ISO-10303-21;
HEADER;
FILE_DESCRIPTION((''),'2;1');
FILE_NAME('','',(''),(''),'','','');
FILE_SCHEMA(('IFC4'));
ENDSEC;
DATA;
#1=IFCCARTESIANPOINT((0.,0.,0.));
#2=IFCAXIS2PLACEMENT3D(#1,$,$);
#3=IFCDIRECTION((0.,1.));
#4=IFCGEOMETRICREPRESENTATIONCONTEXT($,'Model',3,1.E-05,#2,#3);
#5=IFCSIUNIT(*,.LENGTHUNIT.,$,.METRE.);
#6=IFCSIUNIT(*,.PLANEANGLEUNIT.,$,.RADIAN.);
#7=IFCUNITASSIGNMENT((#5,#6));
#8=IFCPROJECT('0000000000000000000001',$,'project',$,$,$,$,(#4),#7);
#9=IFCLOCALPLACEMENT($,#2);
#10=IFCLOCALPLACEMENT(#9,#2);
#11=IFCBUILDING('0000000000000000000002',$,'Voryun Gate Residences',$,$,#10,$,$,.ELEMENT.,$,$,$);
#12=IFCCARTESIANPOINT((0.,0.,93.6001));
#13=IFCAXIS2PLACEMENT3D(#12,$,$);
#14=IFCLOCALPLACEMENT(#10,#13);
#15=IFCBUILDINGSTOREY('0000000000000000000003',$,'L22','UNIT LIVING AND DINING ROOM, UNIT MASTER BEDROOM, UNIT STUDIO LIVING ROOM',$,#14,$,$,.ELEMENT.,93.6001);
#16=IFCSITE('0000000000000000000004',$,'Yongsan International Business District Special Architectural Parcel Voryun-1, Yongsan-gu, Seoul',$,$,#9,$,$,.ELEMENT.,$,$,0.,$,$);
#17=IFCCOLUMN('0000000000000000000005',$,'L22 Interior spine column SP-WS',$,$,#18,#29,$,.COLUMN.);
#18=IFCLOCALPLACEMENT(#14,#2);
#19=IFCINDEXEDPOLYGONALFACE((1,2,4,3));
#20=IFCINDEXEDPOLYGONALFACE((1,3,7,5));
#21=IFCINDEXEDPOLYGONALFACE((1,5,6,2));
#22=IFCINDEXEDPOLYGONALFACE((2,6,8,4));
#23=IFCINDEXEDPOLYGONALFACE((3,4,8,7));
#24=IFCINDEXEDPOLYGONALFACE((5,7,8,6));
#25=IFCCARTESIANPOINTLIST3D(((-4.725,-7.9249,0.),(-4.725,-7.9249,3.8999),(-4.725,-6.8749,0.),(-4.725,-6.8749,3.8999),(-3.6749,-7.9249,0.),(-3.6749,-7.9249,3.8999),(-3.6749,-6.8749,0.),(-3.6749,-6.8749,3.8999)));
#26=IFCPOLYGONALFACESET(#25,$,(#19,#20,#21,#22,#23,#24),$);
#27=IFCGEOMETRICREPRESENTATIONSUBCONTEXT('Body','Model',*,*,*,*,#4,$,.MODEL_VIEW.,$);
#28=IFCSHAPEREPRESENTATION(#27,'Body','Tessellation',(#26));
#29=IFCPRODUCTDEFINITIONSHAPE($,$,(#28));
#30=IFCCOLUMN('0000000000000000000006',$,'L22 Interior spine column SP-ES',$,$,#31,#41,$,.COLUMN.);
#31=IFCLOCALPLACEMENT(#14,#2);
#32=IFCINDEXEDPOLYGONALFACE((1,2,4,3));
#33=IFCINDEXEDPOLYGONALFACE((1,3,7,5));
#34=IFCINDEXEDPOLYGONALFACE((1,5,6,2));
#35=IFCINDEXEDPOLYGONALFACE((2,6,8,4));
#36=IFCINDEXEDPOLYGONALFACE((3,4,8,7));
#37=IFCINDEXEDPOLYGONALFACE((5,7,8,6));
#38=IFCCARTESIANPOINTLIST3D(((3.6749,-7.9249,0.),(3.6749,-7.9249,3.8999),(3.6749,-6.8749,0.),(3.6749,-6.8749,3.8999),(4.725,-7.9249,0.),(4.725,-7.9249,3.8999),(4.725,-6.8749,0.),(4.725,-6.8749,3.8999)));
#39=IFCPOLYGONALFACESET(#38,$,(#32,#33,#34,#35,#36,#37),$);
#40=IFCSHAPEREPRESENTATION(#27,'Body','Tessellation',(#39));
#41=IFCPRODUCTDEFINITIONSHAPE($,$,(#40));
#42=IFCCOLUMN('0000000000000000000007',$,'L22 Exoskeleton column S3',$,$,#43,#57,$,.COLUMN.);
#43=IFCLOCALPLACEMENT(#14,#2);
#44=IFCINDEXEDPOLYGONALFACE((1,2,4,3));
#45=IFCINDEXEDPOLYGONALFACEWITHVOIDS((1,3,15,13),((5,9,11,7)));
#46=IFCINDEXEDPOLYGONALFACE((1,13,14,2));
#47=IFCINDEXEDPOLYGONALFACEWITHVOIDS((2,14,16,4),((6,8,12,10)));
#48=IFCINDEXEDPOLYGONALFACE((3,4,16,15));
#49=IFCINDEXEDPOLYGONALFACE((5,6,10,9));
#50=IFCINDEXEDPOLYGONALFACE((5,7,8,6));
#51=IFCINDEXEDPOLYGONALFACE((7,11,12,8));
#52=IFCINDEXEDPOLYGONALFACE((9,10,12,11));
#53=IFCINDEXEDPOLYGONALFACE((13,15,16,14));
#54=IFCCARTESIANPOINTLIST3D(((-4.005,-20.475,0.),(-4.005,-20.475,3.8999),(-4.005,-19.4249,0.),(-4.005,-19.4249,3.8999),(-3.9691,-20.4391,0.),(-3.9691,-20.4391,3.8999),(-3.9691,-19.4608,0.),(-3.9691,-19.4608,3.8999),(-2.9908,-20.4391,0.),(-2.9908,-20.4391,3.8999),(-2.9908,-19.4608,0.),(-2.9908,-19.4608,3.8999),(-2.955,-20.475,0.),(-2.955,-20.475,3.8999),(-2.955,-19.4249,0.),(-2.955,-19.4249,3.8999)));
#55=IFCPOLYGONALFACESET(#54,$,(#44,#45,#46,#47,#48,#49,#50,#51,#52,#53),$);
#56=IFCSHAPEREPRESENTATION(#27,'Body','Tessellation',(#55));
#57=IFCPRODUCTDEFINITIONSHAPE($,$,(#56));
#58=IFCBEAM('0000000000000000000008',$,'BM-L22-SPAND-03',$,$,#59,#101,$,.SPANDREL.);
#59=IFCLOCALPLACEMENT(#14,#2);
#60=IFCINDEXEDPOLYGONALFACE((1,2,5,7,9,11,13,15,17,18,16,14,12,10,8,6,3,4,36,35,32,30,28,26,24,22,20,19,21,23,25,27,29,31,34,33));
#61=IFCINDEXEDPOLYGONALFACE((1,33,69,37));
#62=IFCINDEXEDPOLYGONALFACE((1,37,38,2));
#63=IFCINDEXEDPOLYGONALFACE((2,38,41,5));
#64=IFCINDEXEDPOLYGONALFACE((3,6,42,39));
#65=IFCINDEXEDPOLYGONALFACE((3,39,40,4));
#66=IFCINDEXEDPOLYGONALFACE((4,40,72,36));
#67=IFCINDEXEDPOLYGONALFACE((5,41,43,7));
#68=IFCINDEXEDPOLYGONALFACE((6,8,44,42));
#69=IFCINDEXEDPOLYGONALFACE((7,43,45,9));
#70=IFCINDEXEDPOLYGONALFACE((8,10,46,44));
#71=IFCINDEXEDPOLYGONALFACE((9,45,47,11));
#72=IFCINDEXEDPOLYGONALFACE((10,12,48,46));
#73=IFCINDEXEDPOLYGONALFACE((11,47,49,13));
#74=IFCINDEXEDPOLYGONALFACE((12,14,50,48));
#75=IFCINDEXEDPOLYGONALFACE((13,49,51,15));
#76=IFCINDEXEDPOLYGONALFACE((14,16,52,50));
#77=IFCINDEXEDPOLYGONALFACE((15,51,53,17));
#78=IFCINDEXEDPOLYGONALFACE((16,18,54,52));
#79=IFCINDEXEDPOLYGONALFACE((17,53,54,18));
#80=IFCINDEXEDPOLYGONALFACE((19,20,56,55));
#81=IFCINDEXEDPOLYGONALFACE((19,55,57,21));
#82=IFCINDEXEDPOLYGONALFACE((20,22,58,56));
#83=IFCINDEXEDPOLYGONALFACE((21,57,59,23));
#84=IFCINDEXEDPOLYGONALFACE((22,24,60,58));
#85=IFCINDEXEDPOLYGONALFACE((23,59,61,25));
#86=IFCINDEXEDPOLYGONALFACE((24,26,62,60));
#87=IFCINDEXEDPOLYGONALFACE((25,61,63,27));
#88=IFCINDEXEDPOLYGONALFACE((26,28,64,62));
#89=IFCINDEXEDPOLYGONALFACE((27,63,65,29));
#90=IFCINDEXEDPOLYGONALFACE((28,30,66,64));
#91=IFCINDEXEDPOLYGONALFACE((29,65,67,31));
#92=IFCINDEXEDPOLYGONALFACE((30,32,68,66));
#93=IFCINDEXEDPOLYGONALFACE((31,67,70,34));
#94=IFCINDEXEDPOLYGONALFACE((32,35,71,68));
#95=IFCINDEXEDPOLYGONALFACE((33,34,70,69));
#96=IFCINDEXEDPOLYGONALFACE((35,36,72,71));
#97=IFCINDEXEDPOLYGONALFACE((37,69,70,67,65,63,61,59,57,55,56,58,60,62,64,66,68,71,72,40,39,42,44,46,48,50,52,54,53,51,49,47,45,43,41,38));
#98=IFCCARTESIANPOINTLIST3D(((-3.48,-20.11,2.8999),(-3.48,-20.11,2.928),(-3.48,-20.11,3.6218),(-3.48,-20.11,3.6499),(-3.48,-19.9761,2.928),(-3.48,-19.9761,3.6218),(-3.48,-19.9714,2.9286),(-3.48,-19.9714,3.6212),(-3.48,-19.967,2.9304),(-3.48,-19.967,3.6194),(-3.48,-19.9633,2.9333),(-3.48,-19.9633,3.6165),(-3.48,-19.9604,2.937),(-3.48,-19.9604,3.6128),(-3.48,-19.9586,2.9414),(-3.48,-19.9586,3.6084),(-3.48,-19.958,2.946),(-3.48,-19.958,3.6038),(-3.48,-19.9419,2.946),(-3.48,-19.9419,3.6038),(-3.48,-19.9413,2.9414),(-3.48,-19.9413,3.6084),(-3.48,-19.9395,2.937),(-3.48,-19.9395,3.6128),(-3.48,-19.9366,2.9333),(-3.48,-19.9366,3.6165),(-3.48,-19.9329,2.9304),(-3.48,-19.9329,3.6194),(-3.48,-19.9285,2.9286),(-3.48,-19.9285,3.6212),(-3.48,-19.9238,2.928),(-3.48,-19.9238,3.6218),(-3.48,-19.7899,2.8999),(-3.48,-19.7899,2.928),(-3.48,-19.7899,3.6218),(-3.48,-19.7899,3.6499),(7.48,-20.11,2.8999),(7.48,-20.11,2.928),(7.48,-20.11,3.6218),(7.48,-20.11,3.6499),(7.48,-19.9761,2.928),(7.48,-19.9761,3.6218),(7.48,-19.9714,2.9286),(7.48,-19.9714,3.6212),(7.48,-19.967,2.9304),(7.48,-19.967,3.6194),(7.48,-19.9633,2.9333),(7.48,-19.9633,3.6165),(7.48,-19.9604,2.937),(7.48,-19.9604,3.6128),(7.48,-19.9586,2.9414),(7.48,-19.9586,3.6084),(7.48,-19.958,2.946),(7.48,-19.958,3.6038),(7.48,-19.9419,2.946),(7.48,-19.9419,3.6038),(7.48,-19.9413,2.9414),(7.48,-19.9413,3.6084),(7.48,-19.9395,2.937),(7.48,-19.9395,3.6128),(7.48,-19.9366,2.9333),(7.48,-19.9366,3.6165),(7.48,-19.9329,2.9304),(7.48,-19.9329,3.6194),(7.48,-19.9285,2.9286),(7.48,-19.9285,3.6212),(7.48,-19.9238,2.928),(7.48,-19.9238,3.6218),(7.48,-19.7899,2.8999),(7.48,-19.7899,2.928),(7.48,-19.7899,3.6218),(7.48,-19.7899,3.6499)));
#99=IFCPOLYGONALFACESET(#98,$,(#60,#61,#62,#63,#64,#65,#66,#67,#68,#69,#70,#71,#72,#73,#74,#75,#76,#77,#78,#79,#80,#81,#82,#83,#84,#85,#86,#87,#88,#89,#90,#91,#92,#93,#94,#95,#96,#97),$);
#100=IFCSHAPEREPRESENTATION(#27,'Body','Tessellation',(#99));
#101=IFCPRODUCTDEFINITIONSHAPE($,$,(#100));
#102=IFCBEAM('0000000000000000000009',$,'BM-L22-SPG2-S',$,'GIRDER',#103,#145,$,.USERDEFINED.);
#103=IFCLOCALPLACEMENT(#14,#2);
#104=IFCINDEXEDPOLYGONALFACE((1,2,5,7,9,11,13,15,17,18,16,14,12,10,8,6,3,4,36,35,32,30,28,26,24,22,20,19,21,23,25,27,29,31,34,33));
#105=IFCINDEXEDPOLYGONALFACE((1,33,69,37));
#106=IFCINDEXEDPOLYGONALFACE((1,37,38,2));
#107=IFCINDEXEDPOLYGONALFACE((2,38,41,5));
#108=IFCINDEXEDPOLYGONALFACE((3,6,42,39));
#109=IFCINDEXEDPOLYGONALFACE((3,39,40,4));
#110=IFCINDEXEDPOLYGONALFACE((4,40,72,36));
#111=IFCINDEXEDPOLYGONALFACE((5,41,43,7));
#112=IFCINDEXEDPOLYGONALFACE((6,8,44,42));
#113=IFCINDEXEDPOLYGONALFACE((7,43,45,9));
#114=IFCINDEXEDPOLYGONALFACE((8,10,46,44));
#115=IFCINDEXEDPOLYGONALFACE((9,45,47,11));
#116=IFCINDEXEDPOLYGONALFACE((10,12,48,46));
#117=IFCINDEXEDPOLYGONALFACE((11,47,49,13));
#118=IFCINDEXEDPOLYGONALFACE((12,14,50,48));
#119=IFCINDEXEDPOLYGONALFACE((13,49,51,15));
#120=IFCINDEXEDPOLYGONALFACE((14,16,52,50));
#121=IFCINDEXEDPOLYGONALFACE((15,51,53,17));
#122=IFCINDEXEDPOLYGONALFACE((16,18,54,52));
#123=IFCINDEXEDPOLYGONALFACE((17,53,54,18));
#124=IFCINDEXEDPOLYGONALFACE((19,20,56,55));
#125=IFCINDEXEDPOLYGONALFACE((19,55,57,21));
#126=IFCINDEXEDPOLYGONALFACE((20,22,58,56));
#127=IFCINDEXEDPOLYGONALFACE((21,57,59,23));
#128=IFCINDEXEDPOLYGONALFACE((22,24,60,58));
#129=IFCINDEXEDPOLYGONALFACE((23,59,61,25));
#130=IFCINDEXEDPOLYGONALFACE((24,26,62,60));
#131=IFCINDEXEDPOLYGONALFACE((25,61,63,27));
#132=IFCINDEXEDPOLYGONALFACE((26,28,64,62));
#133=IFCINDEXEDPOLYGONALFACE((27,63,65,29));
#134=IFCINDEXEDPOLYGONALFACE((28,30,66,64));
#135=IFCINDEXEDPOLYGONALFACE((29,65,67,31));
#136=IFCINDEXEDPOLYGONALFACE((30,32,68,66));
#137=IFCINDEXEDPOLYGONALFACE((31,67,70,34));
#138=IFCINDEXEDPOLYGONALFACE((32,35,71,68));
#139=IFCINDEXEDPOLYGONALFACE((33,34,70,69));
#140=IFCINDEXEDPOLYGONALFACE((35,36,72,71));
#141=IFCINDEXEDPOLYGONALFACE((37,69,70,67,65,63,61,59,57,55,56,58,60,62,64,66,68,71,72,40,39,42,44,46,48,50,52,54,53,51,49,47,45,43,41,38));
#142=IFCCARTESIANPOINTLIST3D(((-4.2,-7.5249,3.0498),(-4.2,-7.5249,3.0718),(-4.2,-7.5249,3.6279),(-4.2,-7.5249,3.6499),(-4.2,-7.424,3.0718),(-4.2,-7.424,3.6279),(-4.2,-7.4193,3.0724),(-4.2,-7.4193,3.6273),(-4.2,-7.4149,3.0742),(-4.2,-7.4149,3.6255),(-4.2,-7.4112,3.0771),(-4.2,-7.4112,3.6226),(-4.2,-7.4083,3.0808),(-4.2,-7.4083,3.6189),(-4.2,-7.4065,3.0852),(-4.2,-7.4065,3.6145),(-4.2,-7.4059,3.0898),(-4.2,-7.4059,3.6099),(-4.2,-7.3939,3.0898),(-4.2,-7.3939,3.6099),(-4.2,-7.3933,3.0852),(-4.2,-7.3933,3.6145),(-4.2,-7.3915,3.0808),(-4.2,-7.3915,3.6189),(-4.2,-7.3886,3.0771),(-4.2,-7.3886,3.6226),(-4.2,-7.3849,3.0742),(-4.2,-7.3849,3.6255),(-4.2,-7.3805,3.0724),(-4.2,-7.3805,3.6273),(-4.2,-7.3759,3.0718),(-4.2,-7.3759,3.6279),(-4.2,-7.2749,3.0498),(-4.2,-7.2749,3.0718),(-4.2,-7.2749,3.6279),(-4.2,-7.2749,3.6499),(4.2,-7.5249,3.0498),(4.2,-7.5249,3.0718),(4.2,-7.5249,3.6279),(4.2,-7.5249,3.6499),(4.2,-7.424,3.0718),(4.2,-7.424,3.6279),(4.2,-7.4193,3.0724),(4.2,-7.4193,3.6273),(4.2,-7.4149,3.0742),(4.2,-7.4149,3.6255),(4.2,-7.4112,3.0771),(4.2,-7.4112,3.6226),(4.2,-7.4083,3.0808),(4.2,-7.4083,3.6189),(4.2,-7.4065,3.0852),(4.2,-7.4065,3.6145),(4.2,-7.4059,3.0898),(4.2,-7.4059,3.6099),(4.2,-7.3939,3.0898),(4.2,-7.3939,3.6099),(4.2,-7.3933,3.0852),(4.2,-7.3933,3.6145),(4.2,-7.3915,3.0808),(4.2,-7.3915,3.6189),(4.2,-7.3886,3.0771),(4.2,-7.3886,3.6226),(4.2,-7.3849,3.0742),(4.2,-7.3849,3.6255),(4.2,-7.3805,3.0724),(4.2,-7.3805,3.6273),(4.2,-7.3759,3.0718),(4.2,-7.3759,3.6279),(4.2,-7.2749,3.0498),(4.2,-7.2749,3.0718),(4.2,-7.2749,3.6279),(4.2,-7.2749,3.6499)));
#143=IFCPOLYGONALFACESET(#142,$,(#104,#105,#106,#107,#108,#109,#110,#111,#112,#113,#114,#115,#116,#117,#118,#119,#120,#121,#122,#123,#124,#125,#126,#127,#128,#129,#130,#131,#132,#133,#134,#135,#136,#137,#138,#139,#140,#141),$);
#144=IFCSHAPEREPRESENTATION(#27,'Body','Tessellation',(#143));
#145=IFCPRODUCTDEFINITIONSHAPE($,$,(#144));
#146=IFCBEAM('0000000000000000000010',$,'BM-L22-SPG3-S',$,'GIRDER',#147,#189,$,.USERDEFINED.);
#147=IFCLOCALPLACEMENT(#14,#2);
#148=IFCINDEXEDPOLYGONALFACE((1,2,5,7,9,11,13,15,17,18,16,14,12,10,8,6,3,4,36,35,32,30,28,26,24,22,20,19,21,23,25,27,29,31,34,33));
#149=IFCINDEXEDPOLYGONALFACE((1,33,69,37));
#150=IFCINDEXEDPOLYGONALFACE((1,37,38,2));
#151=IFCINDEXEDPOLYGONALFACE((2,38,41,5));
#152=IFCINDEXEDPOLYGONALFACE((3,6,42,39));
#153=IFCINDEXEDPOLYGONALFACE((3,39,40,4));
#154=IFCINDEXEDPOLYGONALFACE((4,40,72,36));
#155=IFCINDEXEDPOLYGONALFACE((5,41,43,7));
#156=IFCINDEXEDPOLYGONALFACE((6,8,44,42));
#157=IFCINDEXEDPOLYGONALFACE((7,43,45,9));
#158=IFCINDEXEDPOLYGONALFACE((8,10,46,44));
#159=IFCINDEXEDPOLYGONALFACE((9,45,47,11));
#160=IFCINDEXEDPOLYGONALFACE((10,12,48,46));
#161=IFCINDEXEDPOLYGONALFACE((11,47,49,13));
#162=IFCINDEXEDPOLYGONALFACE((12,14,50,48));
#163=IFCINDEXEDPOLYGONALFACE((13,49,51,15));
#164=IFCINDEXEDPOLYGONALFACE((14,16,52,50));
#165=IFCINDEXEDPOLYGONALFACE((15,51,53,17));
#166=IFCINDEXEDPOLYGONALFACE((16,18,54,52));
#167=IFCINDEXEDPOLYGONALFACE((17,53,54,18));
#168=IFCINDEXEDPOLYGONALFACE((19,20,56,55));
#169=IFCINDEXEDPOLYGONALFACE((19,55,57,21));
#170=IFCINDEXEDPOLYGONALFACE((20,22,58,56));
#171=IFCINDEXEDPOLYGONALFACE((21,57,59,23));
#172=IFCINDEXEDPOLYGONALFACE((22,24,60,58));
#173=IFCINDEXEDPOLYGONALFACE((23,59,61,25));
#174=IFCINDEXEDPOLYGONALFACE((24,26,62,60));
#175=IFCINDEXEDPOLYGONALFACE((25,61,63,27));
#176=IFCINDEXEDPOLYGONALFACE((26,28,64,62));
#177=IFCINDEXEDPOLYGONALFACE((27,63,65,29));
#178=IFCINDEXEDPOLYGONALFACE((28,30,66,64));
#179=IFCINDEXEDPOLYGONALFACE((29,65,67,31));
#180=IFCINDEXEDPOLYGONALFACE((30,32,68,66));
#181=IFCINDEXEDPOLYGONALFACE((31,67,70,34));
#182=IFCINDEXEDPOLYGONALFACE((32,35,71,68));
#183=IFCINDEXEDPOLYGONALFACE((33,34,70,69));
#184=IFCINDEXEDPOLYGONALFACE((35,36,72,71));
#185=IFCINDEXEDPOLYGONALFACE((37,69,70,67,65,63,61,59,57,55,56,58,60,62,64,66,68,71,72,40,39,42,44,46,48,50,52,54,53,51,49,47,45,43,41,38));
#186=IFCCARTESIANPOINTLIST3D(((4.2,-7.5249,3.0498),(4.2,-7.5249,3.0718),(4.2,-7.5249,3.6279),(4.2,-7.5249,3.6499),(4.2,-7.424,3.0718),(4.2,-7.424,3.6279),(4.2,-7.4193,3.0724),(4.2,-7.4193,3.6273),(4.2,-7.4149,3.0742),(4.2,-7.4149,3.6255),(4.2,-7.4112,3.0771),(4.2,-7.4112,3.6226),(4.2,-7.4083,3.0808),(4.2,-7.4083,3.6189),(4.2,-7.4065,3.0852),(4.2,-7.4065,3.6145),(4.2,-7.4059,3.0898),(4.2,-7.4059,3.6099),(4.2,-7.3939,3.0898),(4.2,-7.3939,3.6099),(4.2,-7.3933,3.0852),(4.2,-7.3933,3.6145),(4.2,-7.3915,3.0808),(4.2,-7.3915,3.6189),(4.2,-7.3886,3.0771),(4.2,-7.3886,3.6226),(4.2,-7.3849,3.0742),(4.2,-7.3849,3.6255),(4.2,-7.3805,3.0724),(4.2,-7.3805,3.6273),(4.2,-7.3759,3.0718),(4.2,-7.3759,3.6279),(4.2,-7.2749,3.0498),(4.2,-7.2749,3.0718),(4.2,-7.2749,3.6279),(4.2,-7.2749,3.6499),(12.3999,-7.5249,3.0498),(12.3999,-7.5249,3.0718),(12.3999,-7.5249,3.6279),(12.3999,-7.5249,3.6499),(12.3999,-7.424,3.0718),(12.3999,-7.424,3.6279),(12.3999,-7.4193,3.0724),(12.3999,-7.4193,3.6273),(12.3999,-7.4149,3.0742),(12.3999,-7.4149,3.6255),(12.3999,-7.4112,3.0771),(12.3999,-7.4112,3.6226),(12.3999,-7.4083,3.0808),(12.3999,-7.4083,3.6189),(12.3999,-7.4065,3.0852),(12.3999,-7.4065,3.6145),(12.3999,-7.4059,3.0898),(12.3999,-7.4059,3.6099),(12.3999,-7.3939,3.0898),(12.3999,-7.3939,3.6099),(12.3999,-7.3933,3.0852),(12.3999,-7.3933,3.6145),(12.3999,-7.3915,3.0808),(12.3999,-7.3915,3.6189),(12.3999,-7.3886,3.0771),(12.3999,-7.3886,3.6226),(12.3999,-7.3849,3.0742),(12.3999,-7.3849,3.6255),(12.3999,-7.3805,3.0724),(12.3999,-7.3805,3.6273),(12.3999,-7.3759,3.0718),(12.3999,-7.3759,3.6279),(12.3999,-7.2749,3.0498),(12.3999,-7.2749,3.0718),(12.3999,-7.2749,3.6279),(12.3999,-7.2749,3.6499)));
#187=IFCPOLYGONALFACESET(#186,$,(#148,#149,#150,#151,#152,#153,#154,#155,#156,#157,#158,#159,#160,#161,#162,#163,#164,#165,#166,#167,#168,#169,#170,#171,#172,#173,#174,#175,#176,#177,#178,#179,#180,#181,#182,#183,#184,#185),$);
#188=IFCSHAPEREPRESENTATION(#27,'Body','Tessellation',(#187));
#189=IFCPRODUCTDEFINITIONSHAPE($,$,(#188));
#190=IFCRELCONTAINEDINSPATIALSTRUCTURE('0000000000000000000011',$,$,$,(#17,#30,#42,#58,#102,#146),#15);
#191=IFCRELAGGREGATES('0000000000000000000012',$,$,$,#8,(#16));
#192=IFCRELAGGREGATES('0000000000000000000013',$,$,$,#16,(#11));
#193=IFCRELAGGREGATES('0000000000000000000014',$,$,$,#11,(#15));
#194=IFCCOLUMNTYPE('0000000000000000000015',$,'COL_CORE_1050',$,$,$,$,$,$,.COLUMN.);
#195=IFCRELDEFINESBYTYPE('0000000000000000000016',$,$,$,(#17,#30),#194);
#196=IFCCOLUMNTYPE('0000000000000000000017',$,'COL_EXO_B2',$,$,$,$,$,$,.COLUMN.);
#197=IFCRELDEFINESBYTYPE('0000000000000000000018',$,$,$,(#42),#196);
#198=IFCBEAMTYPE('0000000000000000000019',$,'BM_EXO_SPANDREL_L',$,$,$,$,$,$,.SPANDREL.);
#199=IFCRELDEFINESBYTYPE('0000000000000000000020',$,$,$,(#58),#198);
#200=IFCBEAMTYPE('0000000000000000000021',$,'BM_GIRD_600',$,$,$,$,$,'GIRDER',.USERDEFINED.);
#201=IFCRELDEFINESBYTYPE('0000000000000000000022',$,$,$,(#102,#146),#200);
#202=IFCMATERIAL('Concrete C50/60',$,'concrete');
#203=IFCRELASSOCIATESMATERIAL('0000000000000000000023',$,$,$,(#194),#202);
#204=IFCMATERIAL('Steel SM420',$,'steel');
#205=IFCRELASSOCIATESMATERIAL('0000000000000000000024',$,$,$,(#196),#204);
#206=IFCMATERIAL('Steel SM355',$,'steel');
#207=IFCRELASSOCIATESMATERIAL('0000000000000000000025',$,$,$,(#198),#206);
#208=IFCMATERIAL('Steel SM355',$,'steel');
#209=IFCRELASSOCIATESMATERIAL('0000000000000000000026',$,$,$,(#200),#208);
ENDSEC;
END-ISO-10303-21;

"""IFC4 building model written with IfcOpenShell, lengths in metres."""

from ifc_helpers import new_model, si_unit, direction, frame, origin, origin_2d, place, context, subcontext, project, spatial, rectangle, hollow_rectangle, i_section, extrude, material, material_profile, profile_set, type_object, element, save


model = new_model("IFC4")

# Units and contexts
model_context = context("Model", 3, precision=1e-05, world=origin(), true_north=direction((0.0, 1.0)))
body_context = subcontext(model_context, "Body", "Model", "MODEL_VIEW")
ifc_project = project(units=[si_unit("LENGTHUNIT", "METRE"), si_unit("PLANEANGLEUNIT", "RADIAN")], contexts=[model_context])

# Site, building, storey
site_placement = place(None, origin())
site = spatial("IfcSite", under=ifc_project, at=site_placement, Name="Yongsan International Business District Special Architectural Parcel Voryun-1, Yongsan-gu, Seoul", CompositionType="ELEMENT", RefElevation=0.0)
building_placement = place(site_placement, origin())
building = spatial("IfcBuilding", under=site, at=building_placement, Name="Voryun Gate Residences", CompositionType="ELEMENT")
storey_placement = place(building_placement, frame((0.0, 0.0, 93.6001)))
storey = spatial("IfcBuildingStorey", under=building, at=storey_placement, Name="L22", Description="UNIT LIVING AND DINING ROOM, UNIT MASTER BEDROOM, UNIT STUDIO LIVING ROOM", CompositionType="ELEMENT", Elevation=93.6001)

# Columns
ifc_material_1 = material(Name="Concrete C50/60", Category="concrete")
ifc_material_profile_1 = material_profile(ifc_material_1, rectangle(XDim=1.05, YDim=1.05, at=origin_2d()), Name="RC-1050x1050")
ifc_profile_set_1 = profile_set([ifc_material_profile_1], Name="Concrete C50/60")
column_type_1 = type_object("IfcColumnType", Name="COL_CORE_1050", PredefinedType="COLUMN", material=ifc_profile_set_1)
for number, where, z_axis, x_axis, name in (
    (1, (-4.2, -7.3999, 0.0), (0.0, 0.0, 1.0), (1.0, 0.0, 0.0), "L22 Interior spine column SP-WS"),
    (2, (4.2, -7.3999, 0.0), (0.0, 0.0, 1.0), (1.0, 0.0, 0.0), "L22 Interior spine column SP-ES"),
):
    element("IfcColumn", number, at=place(storey_placement, frame(where, z_axis=z_axis, x_axis=x_axis)), inside=storey, type_object=column_type_1, Name=name, PredefinedType="COLUMN", context=body_context, shape_type="SweptSolid", body=[
        extrude(rectangle(XDim=1.05, YDim=1.05, at=origin_2d()), origin(), (0.0, 0.0, 1.0), 3.8999),
    ])
ifc_material_2 = material(Name="Steel SM420", Category="steel")
ifc_material_profile_2 = material_profile(ifc_material_2, hollow_rectangle(XDim=1.05, YDim=1.05, WallThickness=0.0359, at=origin_2d()), Name="BOX-1050x1050x36")
ifc_profile_set_2 = profile_set([ifc_material_profile_2], Name="Steel SM420")
column_type_2 = type_object("IfcColumnType", Name="COL_EXO_B2", PredefinedType="COLUMN", material=ifc_profile_set_2)
column_placement = place(storey_placement, frame((-3.48, -19.95, 0.0), z_axis=(0.0, 0.0, 1.0), x_axis=(1.0, 0.0, 0.0)))
element("IfcColumn", 3, at=column_placement, inside=storey, type_object=column_type_2, Name="L22 Exoskeleton column S3", PredefinedType="COLUMN", context=body_context, shape_type="SweptSolid", body=[
    extrude(hollow_rectangle(XDim=1.05, YDim=1.05, WallThickness=0.0359, at=origin_2d()), origin(), (0.0, 0.0, 1.0), 3.8999),
])

# Beams
ifc_material_3 = material(Name="Steel SM355", Category="steel")
ifc_material_profile_3 = material_profile(ifc_material_3, i_section(OverallWidth=0.3201, OverallDepth=0.75, WebThickness=0.0161, FlangeThickness=0.0281, FilletRadius=0.0181, at=origin_2d()), Name="H-750x320x16x28")
ifc_profile_set_3 = profile_set([ifc_material_profile_3], Name="Steel SM355")
beam_type_1 = type_object("IfcBeamType", Name="BM_EXO_SPANDREL_L", PredefinedType="SPANDREL", material=ifc_profile_set_3)
beam_1_placement = place(storey_placement, frame((-3.48, -19.95, 3.2749), z_axis=(1.0, 0.0, 0.0), x_axis=(0.0, 1.0, 0.0)))
element("IfcBeam", 4, at=beam_1_placement, inside=storey, type_object=beam_type_1, Name="BM-L22-SPAND-03", PredefinedType="SPANDREL", context=body_context, shape_type="SweptSolid", body=[
    extrude(i_section(OverallWidth=0.3201, OverallDepth=0.75, WebThickness=0.0161, FlangeThickness=0.0281, FilletRadius=0.0181, at=origin_2d()), origin(), (0.0, 0.0, 1.0), 10.96),
])
ifc_material_4 = material(Name="Steel SM355", Category="steel")
ifc_material_profile_4 = material_profile(ifc_material_4, i_section(OverallWidth=0.25, OverallDepth=0.6001, WebThickness=0.012, FlangeThickness=0.022, FilletRadius=0.0181, at=origin_2d()), Name="H-600x250x12x22")
ifc_profile_set_4 = profile_set([ifc_material_profile_4], Name="Steel SM355")
beam_type_2 = type_object("IfcBeamType", Name="BM_GIRD_600", ElementType="GIRDER", PredefinedType="USERDEFINED", material=ifc_profile_set_4)
beam_2_placement = place(storey_placement, frame((-4.2, -7.3999, 3.3499), z_axis=(1.0, 0.0, 0.0), x_axis=(0.0, 1.0, 0.0)))
element("IfcBeam", 5, at=beam_2_placement, inside=storey, type_object=beam_type_2, Name="BM-L22-SPG2-S", ObjectType="GIRDER", PredefinedType="USERDEFINED", context=body_context, shape_type="SweptSolid", body=[
    extrude(i_section(OverallWidth=0.25, OverallDepth=0.6001, WebThickness=0.012, FlangeThickness=0.022, FilletRadius=0.0181, at=origin_2d()), origin(), (0.0, 0.0, 1.0), 8.3999),
])
beam_3_placement = place(storey_placement, frame((4.2, -7.3999, 3.3499), z_axis=(1.0, 0.0, 0.0), x_axis=(0.0, 1.0, 0.0)))
element("IfcBeam", 6, at=beam_3_placement, inside=storey, type_object=beam_type_2, Name="BM-L22-SPG3-S", ObjectType="GIRDER", PredefinedType="USERDEFINED", context=body_context, shape_type="SweptSolid", body=[
    extrude(i_section(OverallWidth=0.25, OverallDepth=0.6001, WebThickness=0.012, FlangeThickness=0.022, FilletRadius=0.0181, at=origin_2d()), origin(), (0.0, 0.0, 1.0), 8.2),
])

save(model, "model.ifc")
